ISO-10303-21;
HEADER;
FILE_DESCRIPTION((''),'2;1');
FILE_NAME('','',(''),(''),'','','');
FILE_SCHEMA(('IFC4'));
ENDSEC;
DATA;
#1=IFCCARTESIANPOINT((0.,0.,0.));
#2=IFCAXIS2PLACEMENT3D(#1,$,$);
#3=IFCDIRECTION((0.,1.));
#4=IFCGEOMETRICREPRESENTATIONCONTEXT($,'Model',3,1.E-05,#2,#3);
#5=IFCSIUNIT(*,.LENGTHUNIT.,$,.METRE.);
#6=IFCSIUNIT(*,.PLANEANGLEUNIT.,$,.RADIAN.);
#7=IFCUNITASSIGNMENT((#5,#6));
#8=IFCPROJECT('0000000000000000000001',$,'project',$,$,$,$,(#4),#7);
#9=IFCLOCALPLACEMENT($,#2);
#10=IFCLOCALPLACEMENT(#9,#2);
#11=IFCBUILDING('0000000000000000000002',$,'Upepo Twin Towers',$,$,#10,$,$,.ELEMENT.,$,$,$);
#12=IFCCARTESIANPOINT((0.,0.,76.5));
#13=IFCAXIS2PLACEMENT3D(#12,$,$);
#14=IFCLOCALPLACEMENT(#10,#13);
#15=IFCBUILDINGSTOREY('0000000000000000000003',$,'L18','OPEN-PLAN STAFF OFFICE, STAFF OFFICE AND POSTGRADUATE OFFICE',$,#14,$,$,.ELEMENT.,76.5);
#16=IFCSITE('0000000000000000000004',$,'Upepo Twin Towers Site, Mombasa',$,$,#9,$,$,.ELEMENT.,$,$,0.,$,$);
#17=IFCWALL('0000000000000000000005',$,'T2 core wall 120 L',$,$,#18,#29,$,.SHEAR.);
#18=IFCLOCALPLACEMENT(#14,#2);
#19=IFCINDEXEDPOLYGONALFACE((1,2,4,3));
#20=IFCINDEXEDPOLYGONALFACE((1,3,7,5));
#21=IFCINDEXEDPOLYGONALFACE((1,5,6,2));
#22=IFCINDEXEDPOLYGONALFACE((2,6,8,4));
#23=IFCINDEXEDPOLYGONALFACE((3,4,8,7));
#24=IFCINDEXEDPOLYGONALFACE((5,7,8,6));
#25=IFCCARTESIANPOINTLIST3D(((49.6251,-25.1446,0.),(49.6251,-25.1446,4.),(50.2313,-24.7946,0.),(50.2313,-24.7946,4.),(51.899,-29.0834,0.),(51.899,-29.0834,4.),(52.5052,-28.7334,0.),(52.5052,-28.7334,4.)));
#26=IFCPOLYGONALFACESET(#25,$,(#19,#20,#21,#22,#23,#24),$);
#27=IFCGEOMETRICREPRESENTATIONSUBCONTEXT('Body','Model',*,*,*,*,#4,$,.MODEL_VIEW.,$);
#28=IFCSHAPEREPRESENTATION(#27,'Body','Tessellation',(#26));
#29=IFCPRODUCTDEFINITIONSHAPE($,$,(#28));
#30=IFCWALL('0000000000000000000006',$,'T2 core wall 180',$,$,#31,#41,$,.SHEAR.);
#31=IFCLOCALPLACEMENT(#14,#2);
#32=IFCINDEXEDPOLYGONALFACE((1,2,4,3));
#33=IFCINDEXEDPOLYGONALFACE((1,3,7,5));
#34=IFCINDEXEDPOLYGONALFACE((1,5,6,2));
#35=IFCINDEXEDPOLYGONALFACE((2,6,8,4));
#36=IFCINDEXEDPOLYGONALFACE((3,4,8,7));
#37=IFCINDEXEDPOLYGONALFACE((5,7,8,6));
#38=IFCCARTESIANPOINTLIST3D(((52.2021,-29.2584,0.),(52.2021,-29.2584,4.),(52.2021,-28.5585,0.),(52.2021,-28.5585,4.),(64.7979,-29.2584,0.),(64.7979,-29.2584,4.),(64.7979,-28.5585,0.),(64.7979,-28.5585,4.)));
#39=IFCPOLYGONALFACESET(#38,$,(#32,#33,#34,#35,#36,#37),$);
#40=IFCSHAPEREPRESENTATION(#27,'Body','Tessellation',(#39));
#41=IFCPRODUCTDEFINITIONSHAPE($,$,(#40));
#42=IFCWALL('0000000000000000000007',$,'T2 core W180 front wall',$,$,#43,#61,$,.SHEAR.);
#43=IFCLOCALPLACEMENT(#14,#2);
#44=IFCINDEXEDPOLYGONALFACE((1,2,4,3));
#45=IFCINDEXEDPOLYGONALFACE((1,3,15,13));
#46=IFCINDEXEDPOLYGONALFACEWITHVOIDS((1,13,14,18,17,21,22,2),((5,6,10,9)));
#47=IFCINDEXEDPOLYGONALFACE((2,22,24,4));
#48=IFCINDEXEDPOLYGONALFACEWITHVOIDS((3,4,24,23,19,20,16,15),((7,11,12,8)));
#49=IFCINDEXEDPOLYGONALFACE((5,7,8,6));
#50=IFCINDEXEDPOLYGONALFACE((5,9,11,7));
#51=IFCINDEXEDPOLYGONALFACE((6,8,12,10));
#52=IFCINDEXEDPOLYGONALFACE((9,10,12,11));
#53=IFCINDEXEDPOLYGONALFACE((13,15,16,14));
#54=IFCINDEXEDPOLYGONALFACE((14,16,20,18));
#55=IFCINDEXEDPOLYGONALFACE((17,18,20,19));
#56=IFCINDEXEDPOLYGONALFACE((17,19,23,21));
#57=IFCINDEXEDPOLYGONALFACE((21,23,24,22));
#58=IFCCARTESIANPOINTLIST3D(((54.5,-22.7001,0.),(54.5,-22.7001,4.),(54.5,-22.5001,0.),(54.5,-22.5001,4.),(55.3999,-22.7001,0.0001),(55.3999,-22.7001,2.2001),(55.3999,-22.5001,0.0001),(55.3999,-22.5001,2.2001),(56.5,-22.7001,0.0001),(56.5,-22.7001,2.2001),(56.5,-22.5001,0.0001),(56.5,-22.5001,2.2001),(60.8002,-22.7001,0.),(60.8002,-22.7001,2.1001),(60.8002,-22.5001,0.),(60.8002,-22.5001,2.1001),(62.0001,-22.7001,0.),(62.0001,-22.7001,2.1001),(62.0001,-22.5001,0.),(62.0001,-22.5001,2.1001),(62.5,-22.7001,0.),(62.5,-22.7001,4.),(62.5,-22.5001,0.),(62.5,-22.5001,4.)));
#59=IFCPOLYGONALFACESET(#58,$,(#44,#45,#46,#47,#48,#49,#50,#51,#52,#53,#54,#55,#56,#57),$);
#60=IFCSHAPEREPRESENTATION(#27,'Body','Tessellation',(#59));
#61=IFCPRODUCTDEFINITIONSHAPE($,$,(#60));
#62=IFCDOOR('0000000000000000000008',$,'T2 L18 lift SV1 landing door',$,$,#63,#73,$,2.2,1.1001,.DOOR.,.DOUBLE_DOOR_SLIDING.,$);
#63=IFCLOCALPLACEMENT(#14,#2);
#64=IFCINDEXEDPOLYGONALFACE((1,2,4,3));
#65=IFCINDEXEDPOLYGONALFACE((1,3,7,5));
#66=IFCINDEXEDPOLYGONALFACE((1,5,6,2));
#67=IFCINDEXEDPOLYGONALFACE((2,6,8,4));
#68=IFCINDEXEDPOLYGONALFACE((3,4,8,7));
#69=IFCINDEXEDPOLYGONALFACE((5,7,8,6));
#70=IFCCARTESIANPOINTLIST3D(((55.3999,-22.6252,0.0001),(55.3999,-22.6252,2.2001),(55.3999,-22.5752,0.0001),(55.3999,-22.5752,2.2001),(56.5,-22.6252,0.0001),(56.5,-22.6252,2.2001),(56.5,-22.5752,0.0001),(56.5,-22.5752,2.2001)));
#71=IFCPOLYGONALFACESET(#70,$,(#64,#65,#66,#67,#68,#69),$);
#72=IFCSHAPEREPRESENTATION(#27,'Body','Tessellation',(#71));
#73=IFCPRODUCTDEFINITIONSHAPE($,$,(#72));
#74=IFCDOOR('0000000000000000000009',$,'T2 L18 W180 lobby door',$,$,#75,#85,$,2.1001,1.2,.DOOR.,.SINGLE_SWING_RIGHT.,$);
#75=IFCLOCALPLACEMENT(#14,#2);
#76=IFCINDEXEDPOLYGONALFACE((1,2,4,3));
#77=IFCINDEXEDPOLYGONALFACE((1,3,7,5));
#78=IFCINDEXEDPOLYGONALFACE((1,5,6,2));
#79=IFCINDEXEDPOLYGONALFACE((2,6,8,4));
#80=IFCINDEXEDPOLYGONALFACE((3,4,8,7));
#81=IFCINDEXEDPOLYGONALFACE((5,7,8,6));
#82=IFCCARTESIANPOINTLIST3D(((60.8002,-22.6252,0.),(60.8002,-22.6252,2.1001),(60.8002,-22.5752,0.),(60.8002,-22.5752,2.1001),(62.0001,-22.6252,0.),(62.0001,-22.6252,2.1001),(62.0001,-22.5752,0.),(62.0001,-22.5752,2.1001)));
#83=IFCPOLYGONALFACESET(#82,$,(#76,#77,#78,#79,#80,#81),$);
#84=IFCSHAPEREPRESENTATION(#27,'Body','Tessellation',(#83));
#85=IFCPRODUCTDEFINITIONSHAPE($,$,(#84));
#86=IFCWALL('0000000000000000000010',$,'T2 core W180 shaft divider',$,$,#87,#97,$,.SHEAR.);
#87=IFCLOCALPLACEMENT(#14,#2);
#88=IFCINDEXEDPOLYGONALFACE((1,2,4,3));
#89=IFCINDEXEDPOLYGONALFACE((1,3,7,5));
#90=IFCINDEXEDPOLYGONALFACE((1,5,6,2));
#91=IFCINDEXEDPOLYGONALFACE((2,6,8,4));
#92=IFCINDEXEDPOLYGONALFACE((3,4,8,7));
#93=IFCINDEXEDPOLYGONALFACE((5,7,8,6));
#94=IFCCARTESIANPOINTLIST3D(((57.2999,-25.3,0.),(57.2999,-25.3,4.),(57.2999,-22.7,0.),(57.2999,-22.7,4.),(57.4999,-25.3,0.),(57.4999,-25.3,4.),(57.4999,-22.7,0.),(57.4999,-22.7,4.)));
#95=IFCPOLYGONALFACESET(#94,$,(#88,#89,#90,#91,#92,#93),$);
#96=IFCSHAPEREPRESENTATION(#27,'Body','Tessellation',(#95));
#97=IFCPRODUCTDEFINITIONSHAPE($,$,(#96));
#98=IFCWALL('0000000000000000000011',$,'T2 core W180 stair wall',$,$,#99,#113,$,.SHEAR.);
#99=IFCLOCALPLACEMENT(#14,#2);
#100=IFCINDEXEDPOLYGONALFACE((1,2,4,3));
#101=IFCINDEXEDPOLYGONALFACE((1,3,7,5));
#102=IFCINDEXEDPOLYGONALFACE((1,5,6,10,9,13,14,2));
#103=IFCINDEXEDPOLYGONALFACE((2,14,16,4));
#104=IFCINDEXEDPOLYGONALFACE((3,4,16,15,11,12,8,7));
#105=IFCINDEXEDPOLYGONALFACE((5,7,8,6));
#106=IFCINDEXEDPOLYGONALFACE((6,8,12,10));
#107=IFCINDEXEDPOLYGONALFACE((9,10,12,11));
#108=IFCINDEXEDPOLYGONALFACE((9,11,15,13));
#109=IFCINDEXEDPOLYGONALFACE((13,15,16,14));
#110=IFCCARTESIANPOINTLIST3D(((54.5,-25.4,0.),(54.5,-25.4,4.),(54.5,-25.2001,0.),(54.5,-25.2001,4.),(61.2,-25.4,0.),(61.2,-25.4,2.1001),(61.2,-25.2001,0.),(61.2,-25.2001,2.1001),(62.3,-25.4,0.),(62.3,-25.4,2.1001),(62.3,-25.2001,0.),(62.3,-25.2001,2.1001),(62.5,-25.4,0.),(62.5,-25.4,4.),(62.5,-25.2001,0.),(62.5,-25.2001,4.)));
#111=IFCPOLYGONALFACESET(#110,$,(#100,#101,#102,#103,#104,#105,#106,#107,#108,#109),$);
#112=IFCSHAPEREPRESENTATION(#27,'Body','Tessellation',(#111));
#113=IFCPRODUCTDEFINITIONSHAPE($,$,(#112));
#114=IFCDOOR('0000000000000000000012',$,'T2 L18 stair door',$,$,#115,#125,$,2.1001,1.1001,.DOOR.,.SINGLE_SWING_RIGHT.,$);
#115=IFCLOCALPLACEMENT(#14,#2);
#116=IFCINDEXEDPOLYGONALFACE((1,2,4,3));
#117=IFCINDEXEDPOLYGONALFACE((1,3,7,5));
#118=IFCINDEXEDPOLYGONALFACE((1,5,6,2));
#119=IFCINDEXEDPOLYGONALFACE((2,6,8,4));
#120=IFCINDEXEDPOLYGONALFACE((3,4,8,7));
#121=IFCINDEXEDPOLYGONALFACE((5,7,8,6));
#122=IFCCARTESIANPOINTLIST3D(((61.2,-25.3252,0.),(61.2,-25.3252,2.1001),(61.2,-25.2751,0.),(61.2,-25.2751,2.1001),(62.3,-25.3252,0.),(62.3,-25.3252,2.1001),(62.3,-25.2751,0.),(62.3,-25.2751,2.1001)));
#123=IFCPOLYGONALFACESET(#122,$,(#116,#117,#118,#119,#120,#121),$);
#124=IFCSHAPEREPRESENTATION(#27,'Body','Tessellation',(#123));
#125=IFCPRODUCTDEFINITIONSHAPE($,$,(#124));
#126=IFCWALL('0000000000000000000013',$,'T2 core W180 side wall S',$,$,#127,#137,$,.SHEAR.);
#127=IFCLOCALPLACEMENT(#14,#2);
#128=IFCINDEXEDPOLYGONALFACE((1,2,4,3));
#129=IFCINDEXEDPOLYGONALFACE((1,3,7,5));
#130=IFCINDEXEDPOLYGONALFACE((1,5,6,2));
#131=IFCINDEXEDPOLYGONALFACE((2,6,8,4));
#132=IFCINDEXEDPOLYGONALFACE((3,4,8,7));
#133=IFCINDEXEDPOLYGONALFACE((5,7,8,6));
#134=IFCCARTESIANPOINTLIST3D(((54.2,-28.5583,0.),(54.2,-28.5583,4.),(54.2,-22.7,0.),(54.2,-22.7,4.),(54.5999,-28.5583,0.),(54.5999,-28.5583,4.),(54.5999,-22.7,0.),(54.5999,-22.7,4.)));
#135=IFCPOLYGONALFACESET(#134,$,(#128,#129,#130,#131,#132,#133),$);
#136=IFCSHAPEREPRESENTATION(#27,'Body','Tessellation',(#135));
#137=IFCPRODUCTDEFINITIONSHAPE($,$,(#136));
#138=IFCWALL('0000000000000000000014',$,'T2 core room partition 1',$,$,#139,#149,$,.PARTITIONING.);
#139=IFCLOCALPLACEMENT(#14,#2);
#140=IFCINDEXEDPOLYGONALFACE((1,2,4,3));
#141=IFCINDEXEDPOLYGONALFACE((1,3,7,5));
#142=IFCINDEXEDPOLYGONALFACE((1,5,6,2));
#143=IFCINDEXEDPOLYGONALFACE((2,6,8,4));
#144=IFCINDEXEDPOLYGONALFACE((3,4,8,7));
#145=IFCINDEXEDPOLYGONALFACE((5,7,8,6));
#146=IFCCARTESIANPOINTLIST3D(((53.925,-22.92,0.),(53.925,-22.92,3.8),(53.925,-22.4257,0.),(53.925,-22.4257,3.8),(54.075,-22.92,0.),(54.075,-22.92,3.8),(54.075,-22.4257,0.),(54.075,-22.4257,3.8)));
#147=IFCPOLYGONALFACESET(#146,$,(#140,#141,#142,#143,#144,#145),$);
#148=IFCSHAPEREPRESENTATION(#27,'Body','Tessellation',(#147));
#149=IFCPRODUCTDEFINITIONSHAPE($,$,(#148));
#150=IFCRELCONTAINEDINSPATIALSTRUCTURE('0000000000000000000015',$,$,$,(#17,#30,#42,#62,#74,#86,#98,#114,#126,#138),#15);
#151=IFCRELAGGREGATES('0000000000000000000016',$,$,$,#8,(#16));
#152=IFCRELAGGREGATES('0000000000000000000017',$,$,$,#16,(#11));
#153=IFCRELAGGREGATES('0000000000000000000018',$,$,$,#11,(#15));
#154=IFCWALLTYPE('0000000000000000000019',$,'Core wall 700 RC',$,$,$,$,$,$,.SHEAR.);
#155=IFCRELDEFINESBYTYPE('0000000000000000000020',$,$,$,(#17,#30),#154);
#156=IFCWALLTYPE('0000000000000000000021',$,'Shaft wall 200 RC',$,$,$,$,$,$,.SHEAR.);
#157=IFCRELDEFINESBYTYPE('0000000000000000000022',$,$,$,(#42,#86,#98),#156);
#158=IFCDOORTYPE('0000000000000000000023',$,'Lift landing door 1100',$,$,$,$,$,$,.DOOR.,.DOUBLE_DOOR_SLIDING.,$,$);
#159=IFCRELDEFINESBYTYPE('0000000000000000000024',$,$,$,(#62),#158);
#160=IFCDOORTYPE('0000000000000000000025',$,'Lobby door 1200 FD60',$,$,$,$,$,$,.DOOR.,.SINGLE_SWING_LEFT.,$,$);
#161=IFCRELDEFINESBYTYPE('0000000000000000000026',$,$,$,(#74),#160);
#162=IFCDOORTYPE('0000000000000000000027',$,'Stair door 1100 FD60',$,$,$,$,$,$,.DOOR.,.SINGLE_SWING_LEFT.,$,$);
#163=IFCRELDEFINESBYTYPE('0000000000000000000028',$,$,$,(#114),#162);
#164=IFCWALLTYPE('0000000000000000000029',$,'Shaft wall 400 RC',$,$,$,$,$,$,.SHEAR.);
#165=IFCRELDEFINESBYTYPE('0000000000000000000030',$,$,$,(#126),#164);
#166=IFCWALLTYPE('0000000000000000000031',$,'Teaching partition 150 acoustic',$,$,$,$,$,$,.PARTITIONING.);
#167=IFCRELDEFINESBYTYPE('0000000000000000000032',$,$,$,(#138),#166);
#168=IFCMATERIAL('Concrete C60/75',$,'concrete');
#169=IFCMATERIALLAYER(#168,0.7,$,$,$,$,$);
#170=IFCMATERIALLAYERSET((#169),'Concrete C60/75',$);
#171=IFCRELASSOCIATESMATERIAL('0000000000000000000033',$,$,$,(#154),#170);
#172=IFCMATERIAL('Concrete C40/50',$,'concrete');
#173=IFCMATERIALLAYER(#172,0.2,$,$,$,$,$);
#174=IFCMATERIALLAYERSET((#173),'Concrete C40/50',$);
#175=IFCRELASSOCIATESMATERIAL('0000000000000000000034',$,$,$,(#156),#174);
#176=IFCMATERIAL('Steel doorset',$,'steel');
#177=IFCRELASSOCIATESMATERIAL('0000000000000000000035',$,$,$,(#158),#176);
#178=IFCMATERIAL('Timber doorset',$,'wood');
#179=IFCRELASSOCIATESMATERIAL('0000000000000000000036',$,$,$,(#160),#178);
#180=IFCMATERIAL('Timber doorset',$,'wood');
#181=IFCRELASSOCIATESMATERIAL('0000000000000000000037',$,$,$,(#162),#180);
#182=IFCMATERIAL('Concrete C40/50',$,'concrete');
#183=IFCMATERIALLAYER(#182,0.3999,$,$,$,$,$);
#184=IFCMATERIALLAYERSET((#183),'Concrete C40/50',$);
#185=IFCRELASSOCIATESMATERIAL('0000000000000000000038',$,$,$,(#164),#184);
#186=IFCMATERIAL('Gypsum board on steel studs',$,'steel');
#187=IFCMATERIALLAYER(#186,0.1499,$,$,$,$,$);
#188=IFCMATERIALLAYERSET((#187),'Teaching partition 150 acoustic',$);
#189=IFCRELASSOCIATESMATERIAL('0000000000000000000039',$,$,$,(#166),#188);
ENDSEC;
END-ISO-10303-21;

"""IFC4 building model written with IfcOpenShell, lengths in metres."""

from ifc_helpers import new_model, si_unit, direction, frame, frame_2d, origin, place, context, subcontext, project, spatial, rectangle, extrude, material, layer, layer_set, type_object, element, fill, save


model = new_model("IFC4")

# Units and contexts
model_context = context("Model", 3, precision=1e-05, world=origin(), true_north=direction((0.0, 1.0)))
body_context = subcontext(model_context, "Body", "Model", "MODEL_VIEW")
ifc_project = project(units=[si_unit("LENGTHUNIT", "METRE"), si_unit("PLANEANGLEUNIT", "RADIAN")], contexts=[model_context])

# Site, building, storey
site_placement = place(None, origin())
site = spatial("IfcSite", under=ifc_project, at=site_placement, Name="Upepo Twin Towers Site, Mombasa", CompositionType="ELEMENT", RefElevation=0.0)
building_placement = place(site_placement, origin())
building = spatial("IfcBuilding", under=site, at=building_placement, Name="Upepo Twin Towers", CompositionType="ELEMENT")
storey_placement = place(building_placement, frame((0.0, 0.0, 76.5)))
storey = spatial("IfcBuildingStorey", under=building, at=storey_placement, Name="L18", Description="OPEN-PLAN STAFF OFFICE, STAFF OFFICE AND POSTGRADUATE OFFICE", CompositionType="ELEMENT", Elevation=76.5)

# Walls
ifc_material_1 = material(Name="Concrete C60/75", Category="concrete")
ifc_layer_1 = layer(ifc_material_1, 0.7)
ifc_layer_set_1 = layer_set([ifc_layer_1], Name="Concrete C60/75")
wall_type_1 = type_object("IfcWallType", Name="Core wall 700 RC", PredefinedType="SHEAR", material=ifc_layer_set_1)
wall_1_placement = place(storey_placement, frame((49.9282, -24.9697, 0.0), z_axis=(0.0, 0.0, 1.0), x_axis=(0.499984, -0.866035, 0.0)))
element("IfcWall", 1, at=wall_1_placement, inside=storey, type_object=wall_type_1, Name="T2 core wall 120 L", PredefinedType="SHEAR", context=body_context, shape_type="SweptSolid", body=[
    extrude(rectangle(XDim=4.5481, YDim=0.7, at=frame_2d((2.2739, 0.0))), origin(), (0.0, 0.0, 1.0), 4.0),
])
wall_2_placement = place(storey_placement, frame((52.2021, -28.9084, 0.0), z_axis=(0.0, 0.0, 1.0), x_axis=(1.0, 0.0, 0.0)))
element("IfcWall", 2, at=wall_2_placement, inside=storey, type_object=wall_type_1, Name="T2 core wall 180", PredefinedType="SHEAR", context=body_context, shape_type="SweptSolid", body=[
    extrude(rectangle(XDim=12.5957, YDim=0.7, at=frame_2d((6.2979, 0.0))), origin(), (0.0, 0.0, 1.0), 4.0),
])

# Wall, openings, doors
ifc_material_2 = material(Name="Concrete C40/50", Category="concrete")
ifc_layer_2 = layer(ifc_material_2, 0.2)
ifc_layer_set_2 = layer_set([ifc_layer_2], Name="Concrete C40/50")
wall_type_2 = type_object("IfcWallType", Name="Shaft wall 200 RC", PredefinedType="SHEAR", material=ifc_layer_set_2)
wall_3_placement = place(storey_placement, frame((54.5, -22.6001, 0.0), z_axis=(0.0, 0.0, 1.0), x_axis=(1.0, 0.0, 0.0)))
wall_3 = element("IfcWall", 3, at=wall_3_placement, inside=storey, type_object=wall_type_2, Name="T2 core W180 front wall", PredefinedType="SHEAR", context=body_context, shape_type="SweptSolid", body=[
    extrude(rectangle(XDim=8.0, YDim=0.2, at=frame_2d((4.0, 0.0))), origin(), (0.0, 0.0, 1.0), 4.0),
])
opening_1_placement = place(wall_3_placement, frame((6.3, 0.0, 0.0)))
opening_1 = element("IfcOpeningElement", 4, at=opening_1_placement, cuts=wall_3, PredefinedType="OPENING", context=body_context, shape_type="SweptSolid", body=[
    extrude(rectangle(XDim=1.2, YDim=2.1001, at=frame_2d((0.6001, 1.05))), frame((0.0, 0.1099, 0.0), z_axis=(0.0, -1.0, 0.0), x_axis=(1.0, 0.0, 0.0)), (0.0, 0.0, 1.0), 0.22),
])
opening_2_placement = place(wall_3_placement, frame((0.8999, 0.0, 0.0)))
opening_2 = element("IfcOpeningElement", 5, at=opening_2_placement, cuts=wall_3, PredefinedType="OPENING", context=body_context, shape_type="SweptSolid", body=[
    extrude(rectangle(XDim=1.1001, YDim=2.2, at=frame_2d((0.55, 1.1001))), frame((0.0, 0.1099, 0.0), z_axis=(0.0, -1.0, 0.0), x_axis=(1.0, 0.0, 0.0)), (0.0, 0.0, 1.0), 0.22),
])
ifc_material_3 = material(Name="Steel doorset", Category="steel")
door_type_1 = type_object("IfcDoorType", Name="Lift landing door 1100", OperationType="DOUBLE_DOOR_SLIDING", PredefinedType="DOOR", material=ifc_material_3)
door_1_placement = place(opening_2_placement, origin())
door_1 = element("IfcDoor", 6, at=door_1_placement, inside=storey, type_object=door_type_1, Name="T2 L18 lift SV1 landing door", OperationType="DOUBLE_DOOR_SLIDING", OverallHeight=2.2, OverallWidth=1.1001, PredefinedType="DOOR", context=body_context, shape_type="SweptSolid", body=[
    extrude(rectangle(XDim=1.1001, YDim=2.2, at=frame_2d((0.55, 1.1001))), frame((0.0, 0.0249, 0.0), z_axis=(0.0, -1.0, 0.0), x_axis=(1.0, 0.0, 0.0)), (0.0, 0.0, 1.0), 0.05),
])
fill(opening_2, door_1)
ifc_material_4 = material(Name="Timber doorset", Category="wood")
door_type_2 = type_object("IfcDoorType", Name="Lobby door 1200 FD60", OperationType="SINGLE_SWING_LEFT", PredefinedType="DOOR", material=ifc_material_4)
door_2_placement = place(opening_1_placement, origin())
door_2 = element("IfcDoor", 7, at=door_2_placement, inside=storey, type_object=door_type_2, Name="T2 L18 W180 lobby door", OperationType="SINGLE_SWING_RIGHT", OverallHeight=2.1001, OverallWidth=1.2, PredefinedType="DOOR", context=body_context, shape_type="SweptSolid", body=[
    extrude(rectangle(XDim=1.2, YDim=2.1001, at=frame_2d((0.6001, 1.05))), frame((0.0, 0.0249, 0.0), z_axis=(0.0, -1.0, 0.0), x_axis=(1.0, 0.0, 0.0)), (0.0, 0.0, 1.0), 0.05),
])
fill(opening_1, door_2)

# Wall
wall_4_placement = place(storey_placement, frame((57.3999, -22.7, 0.0), z_axis=(0.0, 0.0, 1.0), x_axis=(0.0, -1.0, 0.0)))
element("IfcWall", 8, at=wall_4_placement, inside=storey, type_object=wall_type_2, Name="T2 core W180 shaft divider", PredefinedType="SHEAR", context=body_context, shape_type="SweptSolid", body=[
    extrude(rectangle(XDim=2.6001, YDim=0.2, at=frame_2d((1.3, 0.0))), origin(), (0.0, 0.0, 1.0), 4.0),
])

# Wall, opening, door
wall_5_placement = place(storey_placement, frame((54.5, -25.3, 0.0), z_axis=(0.0, 0.0, 1.0), x_axis=(1.0, 0.0, 0.0)))
wall_5 = element("IfcWall", 9, at=wall_5_placement, inside=storey, type_object=wall_type_2, Name="T2 core W180 stair wall", PredefinedType="SHEAR", context=body_context, shape_type="SweptSolid", body=[
    extrude(rectangle(XDim=8.0, YDim=0.2, at=frame_2d((4.0, 0.0))), origin(), (0.0, 0.0, 1.0), 4.0),
])
opening_3_placement = place(wall_5_placement, frame((6.7, 0.0, 0.0)))
opening_3 = element("IfcOpeningElement", 10, at=opening_3_placement, cuts=wall_5, PredefinedType="OPENING", context=body_context, shape_type="SweptSolid", body=[
    extrude(rectangle(XDim=1.1001, YDim=2.1001, at=frame_2d((0.55, 1.05))), frame((0.0, 0.1099, 0.0), z_axis=(0.0, -1.0, 0.0), x_axis=(1.0, 0.0, 0.0)), (0.0, 0.0, 1.0), 0.22),
])
ifc_material_5 = material(Name="Timber doorset", Category="wood")
door_type_3 = type_object("IfcDoorType", Name="Stair door 1100 FD60", OperationType="SINGLE_SWING_LEFT", PredefinedType="DOOR", material=ifc_material_5)
door_3_placement = place(opening_3_placement, origin())
door_3 = element("IfcDoor", 11, at=door_3_placement, inside=storey, type_object=door_type_3, Name="T2 L18 stair door", OperationType="SINGLE_SWING_RIGHT", OverallHeight=2.1001, OverallWidth=1.1001, PredefinedType="DOOR", context=body_context, shape_type="SweptSolid", body=[
    extrude(rectangle(XDim=1.1001, YDim=2.1001, at=frame_2d((0.55, 1.05))), frame((0.0, 0.0249, 0.0), z_axis=(0.0, -1.0, 0.0), x_axis=(1.0, 0.0, 0.0)), (0.0, 0.0, 1.0), 0.05),
])
fill(opening_3, door_3)

# Walls
ifc_material_6 = material(Name="Concrete C40/50", Category="concrete")
ifc_layer_3 = layer(ifc_material_6, 0.3999)
ifc_layer_set_3 = layer_set([ifc_layer_3], Name="Concrete C40/50")
wall_type_3 = type_object("IfcWallType", Name="Shaft wall 400 RC", PredefinedType="SHEAR", material=ifc_layer_set_3)
wall_6_placement = place(storey_placement, frame((54.3999, -22.7, 0.0), z_axis=(0.0, 0.0, 1.0), x_axis=(0.0, -1.0, 0.0)))
element("IfcWall", 12, at=wall_6_placement, inside=storey, type_object=wall_type_3, Name="T2 core W180 side wall S", PredefinedType="SHEAR", context=body_context, shape_type="SweptSolid", body=[
    extrude(rectangle(XDim=5.8584, YDim=0.3999, at=frame_2d((2.9292, 0.0))), origin(), (0.0, 0.0, 1.0), 4.0),
])
ifc_material_7 = material(Name="Gypsum board on steel studs", Category="steel")
ifc_layer_4 = layer(ifc_material_7, 0.1499)
ifc_layer_set_4 = layer_set([ifc_layer_4], Name="Teaching partition 150 acoustic")
wall_type_4 = type_object("IfcWallType", Name="Teaching partition 150 acoustic", PredefinedType="PARTITIONING", material=ifc_layer_set_4)
wall_7_placement = place(storey_placement, frame((54.0, -22.9199, 0.0), z_axis=(0.0, 0.0, 1.0), x_axis=(0.0, 1.0, 0.0)))
element("IfcWall", 13, at=wall_7_placement, inside=storey, type_object=wall_type_4, Name="T2 core room partition 1", PredefinedType="PARTITIONING", context=body_context, shape_type="SweptSolid", body=[
    extrude(rectangle(XDim=0.4944, YDim=0.1499, at=frame_2d((0.2471, 0.0))), origin(), (0.0, 0.0, 1.0), 3.8),
])

save(model, "model.ifc")
